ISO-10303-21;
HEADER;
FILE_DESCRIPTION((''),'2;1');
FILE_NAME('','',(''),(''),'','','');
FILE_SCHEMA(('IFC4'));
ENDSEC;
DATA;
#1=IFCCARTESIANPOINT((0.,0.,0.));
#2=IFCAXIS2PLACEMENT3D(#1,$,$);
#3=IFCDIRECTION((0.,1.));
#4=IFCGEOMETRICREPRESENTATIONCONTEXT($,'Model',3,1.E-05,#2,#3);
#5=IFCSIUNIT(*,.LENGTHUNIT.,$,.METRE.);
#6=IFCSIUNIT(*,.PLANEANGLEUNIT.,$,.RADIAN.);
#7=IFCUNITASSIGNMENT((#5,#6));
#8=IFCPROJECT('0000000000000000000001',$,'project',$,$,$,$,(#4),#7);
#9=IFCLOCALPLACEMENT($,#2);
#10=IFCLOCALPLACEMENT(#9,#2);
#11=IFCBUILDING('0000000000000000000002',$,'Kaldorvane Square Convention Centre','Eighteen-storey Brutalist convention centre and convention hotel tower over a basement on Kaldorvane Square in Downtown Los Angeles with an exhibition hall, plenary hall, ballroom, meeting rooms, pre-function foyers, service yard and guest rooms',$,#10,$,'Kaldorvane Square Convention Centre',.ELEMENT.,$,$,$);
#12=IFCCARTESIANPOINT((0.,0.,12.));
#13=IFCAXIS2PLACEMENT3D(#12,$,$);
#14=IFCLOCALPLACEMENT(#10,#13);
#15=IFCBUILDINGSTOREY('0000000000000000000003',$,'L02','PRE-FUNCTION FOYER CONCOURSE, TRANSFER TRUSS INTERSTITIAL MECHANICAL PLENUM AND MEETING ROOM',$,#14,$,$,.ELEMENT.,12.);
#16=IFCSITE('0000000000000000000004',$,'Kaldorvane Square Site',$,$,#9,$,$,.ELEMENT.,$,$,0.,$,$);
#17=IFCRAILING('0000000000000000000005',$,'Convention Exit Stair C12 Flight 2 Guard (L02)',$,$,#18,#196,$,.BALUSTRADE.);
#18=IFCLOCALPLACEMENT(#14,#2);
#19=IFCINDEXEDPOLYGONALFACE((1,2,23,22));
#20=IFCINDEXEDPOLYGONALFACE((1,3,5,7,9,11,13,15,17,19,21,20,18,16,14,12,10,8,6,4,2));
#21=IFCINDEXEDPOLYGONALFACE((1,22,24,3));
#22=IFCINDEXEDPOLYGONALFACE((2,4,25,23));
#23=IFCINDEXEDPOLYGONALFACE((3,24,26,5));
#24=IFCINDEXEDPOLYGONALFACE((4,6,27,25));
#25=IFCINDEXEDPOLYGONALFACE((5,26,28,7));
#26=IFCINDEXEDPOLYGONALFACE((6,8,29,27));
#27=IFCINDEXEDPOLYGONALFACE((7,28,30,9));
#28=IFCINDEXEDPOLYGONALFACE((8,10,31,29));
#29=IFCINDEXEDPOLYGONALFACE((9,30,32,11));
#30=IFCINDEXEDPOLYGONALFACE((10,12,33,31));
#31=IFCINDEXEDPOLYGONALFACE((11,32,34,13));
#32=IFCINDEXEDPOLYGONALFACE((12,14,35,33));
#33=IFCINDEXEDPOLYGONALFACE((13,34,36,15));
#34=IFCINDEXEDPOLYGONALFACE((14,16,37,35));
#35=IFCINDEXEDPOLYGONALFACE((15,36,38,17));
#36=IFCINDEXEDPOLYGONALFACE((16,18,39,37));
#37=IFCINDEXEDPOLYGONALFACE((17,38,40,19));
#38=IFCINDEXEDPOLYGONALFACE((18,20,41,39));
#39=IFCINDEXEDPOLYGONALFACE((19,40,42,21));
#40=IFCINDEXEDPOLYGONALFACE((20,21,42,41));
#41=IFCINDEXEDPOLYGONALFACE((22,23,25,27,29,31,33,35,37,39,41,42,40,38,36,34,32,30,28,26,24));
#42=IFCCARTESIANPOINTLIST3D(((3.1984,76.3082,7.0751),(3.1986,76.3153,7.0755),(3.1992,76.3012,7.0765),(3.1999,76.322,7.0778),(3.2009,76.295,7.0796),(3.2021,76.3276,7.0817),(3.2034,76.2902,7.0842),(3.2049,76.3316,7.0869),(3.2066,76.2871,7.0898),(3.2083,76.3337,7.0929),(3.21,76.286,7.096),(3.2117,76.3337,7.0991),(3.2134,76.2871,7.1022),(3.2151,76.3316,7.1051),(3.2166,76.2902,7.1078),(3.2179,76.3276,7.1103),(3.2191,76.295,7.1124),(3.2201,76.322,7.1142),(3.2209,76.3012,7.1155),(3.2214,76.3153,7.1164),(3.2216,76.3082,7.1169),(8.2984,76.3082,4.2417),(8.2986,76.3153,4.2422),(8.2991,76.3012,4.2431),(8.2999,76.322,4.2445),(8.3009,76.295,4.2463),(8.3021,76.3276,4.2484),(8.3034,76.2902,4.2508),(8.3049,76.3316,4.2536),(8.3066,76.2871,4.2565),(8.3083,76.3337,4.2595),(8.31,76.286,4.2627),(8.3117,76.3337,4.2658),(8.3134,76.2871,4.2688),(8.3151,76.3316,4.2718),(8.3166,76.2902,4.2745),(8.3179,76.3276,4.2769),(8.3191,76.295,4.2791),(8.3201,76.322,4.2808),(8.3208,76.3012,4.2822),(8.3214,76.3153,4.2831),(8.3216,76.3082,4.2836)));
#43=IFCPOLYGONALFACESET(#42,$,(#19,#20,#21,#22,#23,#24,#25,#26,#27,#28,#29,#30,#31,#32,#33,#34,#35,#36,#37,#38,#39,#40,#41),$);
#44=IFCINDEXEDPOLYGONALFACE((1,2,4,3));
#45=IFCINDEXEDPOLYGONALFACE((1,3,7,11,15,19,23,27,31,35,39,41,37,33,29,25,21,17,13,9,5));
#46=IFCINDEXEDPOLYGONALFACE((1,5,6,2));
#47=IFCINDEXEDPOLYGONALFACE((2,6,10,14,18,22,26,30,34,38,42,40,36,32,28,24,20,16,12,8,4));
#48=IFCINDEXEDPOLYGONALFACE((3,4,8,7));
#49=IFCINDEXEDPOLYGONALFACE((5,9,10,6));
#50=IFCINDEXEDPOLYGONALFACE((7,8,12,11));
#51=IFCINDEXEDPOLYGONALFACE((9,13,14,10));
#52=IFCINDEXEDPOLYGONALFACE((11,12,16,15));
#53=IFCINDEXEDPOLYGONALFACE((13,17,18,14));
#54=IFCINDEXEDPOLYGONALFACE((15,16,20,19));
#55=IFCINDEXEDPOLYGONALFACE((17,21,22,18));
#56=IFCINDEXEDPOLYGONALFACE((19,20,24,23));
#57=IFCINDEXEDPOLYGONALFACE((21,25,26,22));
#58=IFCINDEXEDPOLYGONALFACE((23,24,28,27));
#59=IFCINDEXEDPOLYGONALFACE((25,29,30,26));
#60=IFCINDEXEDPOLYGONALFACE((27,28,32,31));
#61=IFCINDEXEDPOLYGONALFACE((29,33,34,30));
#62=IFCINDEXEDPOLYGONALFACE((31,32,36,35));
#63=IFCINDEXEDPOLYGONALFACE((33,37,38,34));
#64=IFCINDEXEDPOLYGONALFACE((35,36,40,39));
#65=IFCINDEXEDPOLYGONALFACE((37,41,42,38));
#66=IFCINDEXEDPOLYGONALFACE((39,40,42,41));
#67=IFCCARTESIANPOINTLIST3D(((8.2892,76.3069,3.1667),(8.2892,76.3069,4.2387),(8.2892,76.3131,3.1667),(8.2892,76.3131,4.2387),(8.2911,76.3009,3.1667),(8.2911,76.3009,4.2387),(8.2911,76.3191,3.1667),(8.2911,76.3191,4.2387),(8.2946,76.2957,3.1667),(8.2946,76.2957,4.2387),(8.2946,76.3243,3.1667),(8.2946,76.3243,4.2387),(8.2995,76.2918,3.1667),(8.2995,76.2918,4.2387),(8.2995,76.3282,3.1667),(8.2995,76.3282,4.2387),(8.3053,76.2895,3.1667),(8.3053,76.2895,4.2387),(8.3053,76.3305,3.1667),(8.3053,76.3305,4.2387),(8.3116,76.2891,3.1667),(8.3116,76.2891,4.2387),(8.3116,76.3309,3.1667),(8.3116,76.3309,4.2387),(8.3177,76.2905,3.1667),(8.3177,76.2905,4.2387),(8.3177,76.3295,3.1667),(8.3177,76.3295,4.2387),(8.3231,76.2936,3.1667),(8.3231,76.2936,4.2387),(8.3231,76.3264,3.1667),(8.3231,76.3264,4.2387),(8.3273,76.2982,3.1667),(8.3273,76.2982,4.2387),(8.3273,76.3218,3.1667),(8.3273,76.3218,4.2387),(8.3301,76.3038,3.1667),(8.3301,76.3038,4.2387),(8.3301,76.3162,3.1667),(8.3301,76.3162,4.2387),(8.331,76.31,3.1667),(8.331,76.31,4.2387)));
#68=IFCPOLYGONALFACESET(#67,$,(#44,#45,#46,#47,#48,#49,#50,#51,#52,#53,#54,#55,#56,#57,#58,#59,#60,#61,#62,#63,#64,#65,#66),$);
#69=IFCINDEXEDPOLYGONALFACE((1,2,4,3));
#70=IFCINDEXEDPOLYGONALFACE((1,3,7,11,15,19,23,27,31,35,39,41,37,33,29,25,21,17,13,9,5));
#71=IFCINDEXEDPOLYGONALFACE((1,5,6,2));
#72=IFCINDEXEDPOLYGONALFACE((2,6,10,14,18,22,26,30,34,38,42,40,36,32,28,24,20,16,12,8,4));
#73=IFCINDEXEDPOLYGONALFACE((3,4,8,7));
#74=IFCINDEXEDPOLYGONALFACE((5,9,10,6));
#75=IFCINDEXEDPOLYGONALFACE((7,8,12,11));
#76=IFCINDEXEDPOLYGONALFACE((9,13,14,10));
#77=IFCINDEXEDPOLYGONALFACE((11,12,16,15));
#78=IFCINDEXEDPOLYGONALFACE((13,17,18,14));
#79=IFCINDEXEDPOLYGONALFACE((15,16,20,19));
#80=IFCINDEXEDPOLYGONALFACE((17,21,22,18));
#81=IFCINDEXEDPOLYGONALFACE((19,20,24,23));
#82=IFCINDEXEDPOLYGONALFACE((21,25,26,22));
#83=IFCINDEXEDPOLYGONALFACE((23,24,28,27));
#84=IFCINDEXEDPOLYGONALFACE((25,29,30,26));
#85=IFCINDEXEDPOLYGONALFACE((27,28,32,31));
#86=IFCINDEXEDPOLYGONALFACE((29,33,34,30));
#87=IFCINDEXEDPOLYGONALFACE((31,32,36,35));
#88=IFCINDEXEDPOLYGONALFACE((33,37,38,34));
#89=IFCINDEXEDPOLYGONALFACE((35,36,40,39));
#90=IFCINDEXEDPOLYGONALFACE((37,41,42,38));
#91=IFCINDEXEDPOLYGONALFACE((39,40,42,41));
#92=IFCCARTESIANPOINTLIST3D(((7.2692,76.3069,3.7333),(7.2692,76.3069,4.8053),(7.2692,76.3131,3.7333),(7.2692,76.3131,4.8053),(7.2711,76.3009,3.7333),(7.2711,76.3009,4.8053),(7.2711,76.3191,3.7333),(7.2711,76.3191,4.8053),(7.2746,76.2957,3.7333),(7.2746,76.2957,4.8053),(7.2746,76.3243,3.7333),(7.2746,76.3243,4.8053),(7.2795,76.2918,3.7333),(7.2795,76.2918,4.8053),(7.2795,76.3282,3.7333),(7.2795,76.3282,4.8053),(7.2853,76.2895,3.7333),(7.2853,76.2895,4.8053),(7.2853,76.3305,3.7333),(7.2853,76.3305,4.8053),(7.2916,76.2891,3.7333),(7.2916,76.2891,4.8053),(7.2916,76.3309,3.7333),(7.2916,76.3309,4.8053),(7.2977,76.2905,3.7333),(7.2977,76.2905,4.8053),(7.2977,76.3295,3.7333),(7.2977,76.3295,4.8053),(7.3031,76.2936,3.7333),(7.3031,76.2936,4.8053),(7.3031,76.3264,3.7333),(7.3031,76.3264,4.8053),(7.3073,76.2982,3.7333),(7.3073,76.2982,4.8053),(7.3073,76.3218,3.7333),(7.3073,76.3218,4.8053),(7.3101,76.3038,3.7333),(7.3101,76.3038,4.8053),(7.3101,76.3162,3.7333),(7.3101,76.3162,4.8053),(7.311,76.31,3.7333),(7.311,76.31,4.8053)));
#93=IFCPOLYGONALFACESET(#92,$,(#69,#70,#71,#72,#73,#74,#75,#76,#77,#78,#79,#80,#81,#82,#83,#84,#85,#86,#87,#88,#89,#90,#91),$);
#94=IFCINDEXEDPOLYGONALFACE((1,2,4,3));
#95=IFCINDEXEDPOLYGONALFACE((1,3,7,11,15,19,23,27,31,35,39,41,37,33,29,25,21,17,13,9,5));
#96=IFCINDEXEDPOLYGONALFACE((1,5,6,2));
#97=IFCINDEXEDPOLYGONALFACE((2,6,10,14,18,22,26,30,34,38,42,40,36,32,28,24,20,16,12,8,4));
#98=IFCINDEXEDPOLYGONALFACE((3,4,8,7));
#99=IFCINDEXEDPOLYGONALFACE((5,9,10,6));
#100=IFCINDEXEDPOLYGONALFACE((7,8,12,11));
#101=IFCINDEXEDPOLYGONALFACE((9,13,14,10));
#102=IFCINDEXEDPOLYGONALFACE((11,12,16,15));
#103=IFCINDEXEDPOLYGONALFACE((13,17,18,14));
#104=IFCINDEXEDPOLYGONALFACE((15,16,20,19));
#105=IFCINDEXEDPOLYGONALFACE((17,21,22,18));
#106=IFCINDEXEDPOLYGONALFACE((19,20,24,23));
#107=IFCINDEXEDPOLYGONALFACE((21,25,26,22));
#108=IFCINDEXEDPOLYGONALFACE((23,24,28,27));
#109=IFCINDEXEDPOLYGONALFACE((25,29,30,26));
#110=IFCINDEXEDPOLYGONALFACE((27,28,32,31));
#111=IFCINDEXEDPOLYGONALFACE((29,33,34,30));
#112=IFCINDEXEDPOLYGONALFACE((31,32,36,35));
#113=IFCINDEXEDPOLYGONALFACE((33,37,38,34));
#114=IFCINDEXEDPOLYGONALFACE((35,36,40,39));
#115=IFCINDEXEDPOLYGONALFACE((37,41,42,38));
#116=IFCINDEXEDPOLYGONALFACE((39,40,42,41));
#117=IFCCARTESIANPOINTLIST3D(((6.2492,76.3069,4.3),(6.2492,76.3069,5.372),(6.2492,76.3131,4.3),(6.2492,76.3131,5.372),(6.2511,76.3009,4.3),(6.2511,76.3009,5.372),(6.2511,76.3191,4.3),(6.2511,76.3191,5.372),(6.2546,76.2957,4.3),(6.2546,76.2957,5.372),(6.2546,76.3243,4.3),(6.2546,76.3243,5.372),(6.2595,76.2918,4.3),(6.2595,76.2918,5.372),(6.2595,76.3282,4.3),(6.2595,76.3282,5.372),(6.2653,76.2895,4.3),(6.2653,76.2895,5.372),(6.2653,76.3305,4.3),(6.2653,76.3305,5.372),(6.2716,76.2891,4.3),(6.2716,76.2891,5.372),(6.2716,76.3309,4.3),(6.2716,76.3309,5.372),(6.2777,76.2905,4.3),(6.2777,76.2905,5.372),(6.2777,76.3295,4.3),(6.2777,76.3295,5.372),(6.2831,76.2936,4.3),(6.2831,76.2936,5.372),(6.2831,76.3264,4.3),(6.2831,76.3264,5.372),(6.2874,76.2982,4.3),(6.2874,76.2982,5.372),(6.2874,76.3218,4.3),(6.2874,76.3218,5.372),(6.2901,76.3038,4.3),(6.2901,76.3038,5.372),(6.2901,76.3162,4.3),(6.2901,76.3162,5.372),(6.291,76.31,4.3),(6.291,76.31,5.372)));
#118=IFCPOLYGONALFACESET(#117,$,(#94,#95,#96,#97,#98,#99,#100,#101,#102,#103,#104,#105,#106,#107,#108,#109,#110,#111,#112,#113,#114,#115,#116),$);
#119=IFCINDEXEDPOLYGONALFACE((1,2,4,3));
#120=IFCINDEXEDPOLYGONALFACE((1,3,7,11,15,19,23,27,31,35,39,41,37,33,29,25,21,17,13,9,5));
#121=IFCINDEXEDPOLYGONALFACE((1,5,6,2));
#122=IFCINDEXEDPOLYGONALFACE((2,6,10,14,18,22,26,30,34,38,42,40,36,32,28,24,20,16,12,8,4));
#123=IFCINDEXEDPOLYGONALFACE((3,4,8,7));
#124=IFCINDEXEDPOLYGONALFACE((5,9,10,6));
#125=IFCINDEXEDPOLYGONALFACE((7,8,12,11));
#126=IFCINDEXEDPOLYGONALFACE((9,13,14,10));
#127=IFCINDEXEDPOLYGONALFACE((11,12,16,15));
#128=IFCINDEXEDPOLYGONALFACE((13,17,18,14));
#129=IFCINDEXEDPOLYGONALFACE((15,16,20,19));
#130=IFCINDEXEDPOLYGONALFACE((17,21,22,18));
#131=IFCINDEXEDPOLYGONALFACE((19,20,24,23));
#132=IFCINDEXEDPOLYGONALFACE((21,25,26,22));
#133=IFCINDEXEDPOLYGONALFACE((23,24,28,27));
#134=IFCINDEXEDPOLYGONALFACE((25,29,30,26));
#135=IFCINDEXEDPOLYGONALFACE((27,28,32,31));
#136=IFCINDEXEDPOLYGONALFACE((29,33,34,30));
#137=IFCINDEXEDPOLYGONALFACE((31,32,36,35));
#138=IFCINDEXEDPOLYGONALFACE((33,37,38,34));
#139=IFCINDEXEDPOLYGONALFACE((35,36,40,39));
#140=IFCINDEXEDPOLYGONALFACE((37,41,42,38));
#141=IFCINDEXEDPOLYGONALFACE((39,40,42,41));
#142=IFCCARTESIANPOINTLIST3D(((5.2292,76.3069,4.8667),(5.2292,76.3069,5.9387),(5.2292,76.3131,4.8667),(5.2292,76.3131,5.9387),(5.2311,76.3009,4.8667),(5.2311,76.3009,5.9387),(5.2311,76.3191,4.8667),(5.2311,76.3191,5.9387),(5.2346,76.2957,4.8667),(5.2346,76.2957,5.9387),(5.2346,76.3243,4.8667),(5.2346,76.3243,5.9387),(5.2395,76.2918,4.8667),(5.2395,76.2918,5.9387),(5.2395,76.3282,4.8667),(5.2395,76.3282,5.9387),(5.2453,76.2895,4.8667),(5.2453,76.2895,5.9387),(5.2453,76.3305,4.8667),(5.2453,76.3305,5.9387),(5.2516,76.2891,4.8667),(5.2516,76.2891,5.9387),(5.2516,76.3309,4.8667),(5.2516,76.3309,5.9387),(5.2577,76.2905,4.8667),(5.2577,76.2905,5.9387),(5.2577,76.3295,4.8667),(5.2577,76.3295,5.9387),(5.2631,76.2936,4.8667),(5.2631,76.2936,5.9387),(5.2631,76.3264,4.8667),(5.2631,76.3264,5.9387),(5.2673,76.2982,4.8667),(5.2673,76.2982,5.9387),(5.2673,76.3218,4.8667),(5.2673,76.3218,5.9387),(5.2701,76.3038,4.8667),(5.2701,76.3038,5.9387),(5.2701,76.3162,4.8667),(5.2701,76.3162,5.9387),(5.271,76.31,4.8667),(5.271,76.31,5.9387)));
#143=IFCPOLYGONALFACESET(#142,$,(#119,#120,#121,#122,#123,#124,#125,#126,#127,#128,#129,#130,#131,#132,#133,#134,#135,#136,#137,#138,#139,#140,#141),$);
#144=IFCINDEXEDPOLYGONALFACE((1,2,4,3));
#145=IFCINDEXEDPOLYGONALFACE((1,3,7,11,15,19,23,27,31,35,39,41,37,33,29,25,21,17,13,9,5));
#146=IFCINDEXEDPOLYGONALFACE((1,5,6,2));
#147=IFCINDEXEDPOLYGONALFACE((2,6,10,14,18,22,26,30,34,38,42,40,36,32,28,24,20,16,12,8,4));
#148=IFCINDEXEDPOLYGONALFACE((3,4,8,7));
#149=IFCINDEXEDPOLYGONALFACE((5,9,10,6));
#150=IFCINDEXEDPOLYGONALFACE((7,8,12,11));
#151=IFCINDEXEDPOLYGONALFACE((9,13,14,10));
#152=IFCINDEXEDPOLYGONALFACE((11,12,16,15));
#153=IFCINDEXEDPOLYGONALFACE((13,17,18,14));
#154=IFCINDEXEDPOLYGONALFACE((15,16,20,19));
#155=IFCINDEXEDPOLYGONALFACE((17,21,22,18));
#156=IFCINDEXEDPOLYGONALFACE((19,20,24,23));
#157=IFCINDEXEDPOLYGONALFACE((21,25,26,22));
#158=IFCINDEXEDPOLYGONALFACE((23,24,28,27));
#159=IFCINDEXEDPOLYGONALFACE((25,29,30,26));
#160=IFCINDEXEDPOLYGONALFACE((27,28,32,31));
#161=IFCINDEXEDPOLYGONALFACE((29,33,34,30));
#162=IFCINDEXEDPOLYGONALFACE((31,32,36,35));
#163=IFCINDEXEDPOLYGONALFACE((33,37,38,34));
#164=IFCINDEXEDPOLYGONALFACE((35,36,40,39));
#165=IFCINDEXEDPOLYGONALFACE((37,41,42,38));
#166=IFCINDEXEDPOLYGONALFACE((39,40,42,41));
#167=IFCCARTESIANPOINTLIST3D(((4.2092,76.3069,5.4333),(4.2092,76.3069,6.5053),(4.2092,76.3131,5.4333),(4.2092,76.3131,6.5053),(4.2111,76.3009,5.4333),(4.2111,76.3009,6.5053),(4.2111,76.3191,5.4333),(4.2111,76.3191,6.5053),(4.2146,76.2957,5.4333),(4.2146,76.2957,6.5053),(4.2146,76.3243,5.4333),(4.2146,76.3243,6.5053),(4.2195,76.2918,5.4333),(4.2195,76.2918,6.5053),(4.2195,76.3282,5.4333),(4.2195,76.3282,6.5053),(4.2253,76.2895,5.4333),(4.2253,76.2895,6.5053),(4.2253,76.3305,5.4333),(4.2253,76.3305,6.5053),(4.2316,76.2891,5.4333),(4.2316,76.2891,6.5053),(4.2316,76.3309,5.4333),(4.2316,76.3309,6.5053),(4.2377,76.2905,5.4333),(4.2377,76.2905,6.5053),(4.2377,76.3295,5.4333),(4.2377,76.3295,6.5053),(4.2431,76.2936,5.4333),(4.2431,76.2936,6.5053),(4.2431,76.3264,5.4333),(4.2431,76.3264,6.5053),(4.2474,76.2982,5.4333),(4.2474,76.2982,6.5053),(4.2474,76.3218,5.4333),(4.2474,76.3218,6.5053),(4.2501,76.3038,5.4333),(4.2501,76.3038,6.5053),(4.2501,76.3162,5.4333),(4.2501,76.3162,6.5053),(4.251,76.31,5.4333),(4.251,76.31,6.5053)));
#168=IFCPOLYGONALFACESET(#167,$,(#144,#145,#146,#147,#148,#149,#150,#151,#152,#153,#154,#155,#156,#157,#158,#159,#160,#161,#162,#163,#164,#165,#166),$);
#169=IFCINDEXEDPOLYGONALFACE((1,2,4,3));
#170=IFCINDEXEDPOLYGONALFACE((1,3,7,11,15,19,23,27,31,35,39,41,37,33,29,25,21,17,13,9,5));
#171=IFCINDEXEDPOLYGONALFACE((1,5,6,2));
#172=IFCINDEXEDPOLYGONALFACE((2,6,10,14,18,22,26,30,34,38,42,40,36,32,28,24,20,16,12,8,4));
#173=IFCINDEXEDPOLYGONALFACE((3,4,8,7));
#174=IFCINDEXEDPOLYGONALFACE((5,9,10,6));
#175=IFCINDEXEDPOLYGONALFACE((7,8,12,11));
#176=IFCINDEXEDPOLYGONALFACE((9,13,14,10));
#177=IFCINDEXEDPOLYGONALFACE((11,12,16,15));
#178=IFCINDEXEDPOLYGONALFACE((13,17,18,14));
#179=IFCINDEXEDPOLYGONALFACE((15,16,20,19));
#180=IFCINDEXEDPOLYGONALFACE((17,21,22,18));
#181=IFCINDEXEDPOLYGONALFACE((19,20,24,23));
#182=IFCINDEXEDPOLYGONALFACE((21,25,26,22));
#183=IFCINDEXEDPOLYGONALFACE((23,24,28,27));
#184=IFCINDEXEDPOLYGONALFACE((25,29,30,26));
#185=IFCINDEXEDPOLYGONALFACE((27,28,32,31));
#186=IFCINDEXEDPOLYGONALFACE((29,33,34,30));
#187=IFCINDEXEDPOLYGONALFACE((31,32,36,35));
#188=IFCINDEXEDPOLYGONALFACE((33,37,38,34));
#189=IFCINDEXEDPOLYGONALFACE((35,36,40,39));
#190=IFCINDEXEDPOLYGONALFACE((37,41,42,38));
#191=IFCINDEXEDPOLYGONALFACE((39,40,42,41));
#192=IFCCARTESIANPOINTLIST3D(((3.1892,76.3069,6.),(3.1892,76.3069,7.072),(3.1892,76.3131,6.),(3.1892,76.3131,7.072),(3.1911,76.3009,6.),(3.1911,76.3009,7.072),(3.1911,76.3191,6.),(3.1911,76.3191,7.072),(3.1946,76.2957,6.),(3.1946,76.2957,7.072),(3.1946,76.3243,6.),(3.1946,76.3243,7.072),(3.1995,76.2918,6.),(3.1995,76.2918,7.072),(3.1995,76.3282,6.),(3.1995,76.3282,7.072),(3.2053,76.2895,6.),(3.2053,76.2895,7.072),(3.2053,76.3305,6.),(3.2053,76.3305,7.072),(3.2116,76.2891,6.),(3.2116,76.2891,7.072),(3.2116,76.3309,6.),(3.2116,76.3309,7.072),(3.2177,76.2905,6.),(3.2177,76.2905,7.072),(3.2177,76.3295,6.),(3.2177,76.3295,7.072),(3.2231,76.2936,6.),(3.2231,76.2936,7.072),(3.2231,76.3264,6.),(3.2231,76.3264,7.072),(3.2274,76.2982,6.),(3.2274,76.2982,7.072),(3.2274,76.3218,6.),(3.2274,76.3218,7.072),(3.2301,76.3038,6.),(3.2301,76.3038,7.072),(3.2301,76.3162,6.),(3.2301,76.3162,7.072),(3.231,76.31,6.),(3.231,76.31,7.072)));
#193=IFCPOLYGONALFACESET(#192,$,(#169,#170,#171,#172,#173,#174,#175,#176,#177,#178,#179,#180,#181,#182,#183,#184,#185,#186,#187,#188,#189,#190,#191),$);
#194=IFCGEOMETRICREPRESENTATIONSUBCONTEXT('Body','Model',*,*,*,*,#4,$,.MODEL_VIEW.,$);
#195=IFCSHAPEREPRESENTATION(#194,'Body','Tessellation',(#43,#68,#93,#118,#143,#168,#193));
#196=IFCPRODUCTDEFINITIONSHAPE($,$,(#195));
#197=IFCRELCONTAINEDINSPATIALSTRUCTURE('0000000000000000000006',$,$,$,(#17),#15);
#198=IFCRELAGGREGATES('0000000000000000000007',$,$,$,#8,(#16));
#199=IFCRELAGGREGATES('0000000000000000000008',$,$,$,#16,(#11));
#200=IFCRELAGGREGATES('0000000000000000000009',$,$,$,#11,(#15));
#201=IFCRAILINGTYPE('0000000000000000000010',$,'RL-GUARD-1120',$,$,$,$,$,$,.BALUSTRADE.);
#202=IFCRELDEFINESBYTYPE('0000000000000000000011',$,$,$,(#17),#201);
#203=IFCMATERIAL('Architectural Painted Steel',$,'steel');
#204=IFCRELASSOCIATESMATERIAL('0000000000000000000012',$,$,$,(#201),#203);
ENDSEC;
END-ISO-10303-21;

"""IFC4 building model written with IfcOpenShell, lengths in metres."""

from ifc_helpers import new_model, si_unit, direction, frame, origin, origin_2d, place, context, subcontext, project, spatial, circle, extrude, material, type_object, element, save


model = new_model("IFC4")

# Units and contexts
model_context = context("Model", 3, precision=1e-05, world=origin(), true_north=direction((0.0, 1.0)))
body_context = subcontext(model_context, "Body", "Model", "MODEL_VIEW")
ifc_project = project(units=[si_unit("LENGTHUNIT", "METRE"), si_unit("PLANEANGLEUNIT", "RADIAN")], contexts=[model_context])

# Site, building, storey
site_placement = place(None, origin())
site = spatial("IfcSite", under=ifc_project, at=site_placement, Name="Kaldorvane Square Site", CompositionType="ELEMENT", RefElevation=0.0)
building_placement = place(site_placement, origin())
building = spatial("IfcBuilding", under=site, at=building_placement, Name="Kaldorvane Square Convention Centre", Description="Eighteen-storey Brutalist convention centre and convention hotel tower over a basement on Kaldorvane Square in Downtown Los Angeles with an exhibition hall, plenary hall, ballroom, meeting rooms, pre-function foyers, service yard and guest rooms", LongName="Kaldorvane Square Convention Centre", CompositionType="ELEMENT")
storey_placement = place(building_placement, frame((0.0, 0.0, 12.0)))
storey = spatial("IfcBuildingStorey", under=building, at=storey_placement, Name="L02", Description="PRE-FUNCTION FOYER CONCOURSE, TRANSFER TRUSS INTERSTITIAL MECHANICAL PLENUM AND MEETING ROOM", CompositionType="ELEMENT", Elevation=12.0)

# Railing
ifc_material_1 = material(Name="Architectural Painted Steel", Category="steel")
railing_type_1 = type_object("IfcRailingType", Name="RL-GUARD-1120", PredefinedType="BALUSTRADE", material=ifc_material_1)
railing_1_placement = place(storey_placement, frame((8.31, 76.31, 3.1667)))
element("IfcRailing", 1, at=railing_1_placement, inside=storey, type_object=railing_type_1, Name="Convention Exit Stair C12 Flight 2 Guard (L02)", PredefinedType="BALUSTRADE", context=body_context, shape_type="SweptSolid", body=[
    extrude(circle(Radius=0.024, at=origin_2d()), frame((0.0, 0.0, 1.096), z_axis=(-0.874157, 0.0, 0.485643), x_axis=(0.0, -1.0, 0.0)), (0.0, 0.0, 1.0), 5.8342),
    extrude(circle(Radius=0.021, at=origin_2d()), origin(), (0.0, 0.0, 1.0), 1.072),
    extrude(circle(Radius=0.021, at=origin_2d()), frame((-1.02, 0.0, 0.5667)), (0.0, 0.0, 1.0), 1.072),
    extrude(circle(Radius=0.021, at=origin_2d()), frame((-2.04, 0.0, 1.1333)), (0.0, 0.0, 1.0), 1.072),
    extrude(circle(Radius=0.021, at=origin_2d()), frame((-3.06, 0.0, 1.7)), (0.0, 0.0, 1.0), 1.072),
    extrude(circle(Radius=0.021, at=origin_2d()), frame((-4.08, 0.0, 2.2667)), (0.0, 0.0, 1.0), 1.072),
    extrude(circle(Radius=0.021, at=origin_2d()), frame((-5.1, 0.0, 2.8333)), (0.0, 0.0, 1.0), 1.072),
])

save(model, "model.ifc")
